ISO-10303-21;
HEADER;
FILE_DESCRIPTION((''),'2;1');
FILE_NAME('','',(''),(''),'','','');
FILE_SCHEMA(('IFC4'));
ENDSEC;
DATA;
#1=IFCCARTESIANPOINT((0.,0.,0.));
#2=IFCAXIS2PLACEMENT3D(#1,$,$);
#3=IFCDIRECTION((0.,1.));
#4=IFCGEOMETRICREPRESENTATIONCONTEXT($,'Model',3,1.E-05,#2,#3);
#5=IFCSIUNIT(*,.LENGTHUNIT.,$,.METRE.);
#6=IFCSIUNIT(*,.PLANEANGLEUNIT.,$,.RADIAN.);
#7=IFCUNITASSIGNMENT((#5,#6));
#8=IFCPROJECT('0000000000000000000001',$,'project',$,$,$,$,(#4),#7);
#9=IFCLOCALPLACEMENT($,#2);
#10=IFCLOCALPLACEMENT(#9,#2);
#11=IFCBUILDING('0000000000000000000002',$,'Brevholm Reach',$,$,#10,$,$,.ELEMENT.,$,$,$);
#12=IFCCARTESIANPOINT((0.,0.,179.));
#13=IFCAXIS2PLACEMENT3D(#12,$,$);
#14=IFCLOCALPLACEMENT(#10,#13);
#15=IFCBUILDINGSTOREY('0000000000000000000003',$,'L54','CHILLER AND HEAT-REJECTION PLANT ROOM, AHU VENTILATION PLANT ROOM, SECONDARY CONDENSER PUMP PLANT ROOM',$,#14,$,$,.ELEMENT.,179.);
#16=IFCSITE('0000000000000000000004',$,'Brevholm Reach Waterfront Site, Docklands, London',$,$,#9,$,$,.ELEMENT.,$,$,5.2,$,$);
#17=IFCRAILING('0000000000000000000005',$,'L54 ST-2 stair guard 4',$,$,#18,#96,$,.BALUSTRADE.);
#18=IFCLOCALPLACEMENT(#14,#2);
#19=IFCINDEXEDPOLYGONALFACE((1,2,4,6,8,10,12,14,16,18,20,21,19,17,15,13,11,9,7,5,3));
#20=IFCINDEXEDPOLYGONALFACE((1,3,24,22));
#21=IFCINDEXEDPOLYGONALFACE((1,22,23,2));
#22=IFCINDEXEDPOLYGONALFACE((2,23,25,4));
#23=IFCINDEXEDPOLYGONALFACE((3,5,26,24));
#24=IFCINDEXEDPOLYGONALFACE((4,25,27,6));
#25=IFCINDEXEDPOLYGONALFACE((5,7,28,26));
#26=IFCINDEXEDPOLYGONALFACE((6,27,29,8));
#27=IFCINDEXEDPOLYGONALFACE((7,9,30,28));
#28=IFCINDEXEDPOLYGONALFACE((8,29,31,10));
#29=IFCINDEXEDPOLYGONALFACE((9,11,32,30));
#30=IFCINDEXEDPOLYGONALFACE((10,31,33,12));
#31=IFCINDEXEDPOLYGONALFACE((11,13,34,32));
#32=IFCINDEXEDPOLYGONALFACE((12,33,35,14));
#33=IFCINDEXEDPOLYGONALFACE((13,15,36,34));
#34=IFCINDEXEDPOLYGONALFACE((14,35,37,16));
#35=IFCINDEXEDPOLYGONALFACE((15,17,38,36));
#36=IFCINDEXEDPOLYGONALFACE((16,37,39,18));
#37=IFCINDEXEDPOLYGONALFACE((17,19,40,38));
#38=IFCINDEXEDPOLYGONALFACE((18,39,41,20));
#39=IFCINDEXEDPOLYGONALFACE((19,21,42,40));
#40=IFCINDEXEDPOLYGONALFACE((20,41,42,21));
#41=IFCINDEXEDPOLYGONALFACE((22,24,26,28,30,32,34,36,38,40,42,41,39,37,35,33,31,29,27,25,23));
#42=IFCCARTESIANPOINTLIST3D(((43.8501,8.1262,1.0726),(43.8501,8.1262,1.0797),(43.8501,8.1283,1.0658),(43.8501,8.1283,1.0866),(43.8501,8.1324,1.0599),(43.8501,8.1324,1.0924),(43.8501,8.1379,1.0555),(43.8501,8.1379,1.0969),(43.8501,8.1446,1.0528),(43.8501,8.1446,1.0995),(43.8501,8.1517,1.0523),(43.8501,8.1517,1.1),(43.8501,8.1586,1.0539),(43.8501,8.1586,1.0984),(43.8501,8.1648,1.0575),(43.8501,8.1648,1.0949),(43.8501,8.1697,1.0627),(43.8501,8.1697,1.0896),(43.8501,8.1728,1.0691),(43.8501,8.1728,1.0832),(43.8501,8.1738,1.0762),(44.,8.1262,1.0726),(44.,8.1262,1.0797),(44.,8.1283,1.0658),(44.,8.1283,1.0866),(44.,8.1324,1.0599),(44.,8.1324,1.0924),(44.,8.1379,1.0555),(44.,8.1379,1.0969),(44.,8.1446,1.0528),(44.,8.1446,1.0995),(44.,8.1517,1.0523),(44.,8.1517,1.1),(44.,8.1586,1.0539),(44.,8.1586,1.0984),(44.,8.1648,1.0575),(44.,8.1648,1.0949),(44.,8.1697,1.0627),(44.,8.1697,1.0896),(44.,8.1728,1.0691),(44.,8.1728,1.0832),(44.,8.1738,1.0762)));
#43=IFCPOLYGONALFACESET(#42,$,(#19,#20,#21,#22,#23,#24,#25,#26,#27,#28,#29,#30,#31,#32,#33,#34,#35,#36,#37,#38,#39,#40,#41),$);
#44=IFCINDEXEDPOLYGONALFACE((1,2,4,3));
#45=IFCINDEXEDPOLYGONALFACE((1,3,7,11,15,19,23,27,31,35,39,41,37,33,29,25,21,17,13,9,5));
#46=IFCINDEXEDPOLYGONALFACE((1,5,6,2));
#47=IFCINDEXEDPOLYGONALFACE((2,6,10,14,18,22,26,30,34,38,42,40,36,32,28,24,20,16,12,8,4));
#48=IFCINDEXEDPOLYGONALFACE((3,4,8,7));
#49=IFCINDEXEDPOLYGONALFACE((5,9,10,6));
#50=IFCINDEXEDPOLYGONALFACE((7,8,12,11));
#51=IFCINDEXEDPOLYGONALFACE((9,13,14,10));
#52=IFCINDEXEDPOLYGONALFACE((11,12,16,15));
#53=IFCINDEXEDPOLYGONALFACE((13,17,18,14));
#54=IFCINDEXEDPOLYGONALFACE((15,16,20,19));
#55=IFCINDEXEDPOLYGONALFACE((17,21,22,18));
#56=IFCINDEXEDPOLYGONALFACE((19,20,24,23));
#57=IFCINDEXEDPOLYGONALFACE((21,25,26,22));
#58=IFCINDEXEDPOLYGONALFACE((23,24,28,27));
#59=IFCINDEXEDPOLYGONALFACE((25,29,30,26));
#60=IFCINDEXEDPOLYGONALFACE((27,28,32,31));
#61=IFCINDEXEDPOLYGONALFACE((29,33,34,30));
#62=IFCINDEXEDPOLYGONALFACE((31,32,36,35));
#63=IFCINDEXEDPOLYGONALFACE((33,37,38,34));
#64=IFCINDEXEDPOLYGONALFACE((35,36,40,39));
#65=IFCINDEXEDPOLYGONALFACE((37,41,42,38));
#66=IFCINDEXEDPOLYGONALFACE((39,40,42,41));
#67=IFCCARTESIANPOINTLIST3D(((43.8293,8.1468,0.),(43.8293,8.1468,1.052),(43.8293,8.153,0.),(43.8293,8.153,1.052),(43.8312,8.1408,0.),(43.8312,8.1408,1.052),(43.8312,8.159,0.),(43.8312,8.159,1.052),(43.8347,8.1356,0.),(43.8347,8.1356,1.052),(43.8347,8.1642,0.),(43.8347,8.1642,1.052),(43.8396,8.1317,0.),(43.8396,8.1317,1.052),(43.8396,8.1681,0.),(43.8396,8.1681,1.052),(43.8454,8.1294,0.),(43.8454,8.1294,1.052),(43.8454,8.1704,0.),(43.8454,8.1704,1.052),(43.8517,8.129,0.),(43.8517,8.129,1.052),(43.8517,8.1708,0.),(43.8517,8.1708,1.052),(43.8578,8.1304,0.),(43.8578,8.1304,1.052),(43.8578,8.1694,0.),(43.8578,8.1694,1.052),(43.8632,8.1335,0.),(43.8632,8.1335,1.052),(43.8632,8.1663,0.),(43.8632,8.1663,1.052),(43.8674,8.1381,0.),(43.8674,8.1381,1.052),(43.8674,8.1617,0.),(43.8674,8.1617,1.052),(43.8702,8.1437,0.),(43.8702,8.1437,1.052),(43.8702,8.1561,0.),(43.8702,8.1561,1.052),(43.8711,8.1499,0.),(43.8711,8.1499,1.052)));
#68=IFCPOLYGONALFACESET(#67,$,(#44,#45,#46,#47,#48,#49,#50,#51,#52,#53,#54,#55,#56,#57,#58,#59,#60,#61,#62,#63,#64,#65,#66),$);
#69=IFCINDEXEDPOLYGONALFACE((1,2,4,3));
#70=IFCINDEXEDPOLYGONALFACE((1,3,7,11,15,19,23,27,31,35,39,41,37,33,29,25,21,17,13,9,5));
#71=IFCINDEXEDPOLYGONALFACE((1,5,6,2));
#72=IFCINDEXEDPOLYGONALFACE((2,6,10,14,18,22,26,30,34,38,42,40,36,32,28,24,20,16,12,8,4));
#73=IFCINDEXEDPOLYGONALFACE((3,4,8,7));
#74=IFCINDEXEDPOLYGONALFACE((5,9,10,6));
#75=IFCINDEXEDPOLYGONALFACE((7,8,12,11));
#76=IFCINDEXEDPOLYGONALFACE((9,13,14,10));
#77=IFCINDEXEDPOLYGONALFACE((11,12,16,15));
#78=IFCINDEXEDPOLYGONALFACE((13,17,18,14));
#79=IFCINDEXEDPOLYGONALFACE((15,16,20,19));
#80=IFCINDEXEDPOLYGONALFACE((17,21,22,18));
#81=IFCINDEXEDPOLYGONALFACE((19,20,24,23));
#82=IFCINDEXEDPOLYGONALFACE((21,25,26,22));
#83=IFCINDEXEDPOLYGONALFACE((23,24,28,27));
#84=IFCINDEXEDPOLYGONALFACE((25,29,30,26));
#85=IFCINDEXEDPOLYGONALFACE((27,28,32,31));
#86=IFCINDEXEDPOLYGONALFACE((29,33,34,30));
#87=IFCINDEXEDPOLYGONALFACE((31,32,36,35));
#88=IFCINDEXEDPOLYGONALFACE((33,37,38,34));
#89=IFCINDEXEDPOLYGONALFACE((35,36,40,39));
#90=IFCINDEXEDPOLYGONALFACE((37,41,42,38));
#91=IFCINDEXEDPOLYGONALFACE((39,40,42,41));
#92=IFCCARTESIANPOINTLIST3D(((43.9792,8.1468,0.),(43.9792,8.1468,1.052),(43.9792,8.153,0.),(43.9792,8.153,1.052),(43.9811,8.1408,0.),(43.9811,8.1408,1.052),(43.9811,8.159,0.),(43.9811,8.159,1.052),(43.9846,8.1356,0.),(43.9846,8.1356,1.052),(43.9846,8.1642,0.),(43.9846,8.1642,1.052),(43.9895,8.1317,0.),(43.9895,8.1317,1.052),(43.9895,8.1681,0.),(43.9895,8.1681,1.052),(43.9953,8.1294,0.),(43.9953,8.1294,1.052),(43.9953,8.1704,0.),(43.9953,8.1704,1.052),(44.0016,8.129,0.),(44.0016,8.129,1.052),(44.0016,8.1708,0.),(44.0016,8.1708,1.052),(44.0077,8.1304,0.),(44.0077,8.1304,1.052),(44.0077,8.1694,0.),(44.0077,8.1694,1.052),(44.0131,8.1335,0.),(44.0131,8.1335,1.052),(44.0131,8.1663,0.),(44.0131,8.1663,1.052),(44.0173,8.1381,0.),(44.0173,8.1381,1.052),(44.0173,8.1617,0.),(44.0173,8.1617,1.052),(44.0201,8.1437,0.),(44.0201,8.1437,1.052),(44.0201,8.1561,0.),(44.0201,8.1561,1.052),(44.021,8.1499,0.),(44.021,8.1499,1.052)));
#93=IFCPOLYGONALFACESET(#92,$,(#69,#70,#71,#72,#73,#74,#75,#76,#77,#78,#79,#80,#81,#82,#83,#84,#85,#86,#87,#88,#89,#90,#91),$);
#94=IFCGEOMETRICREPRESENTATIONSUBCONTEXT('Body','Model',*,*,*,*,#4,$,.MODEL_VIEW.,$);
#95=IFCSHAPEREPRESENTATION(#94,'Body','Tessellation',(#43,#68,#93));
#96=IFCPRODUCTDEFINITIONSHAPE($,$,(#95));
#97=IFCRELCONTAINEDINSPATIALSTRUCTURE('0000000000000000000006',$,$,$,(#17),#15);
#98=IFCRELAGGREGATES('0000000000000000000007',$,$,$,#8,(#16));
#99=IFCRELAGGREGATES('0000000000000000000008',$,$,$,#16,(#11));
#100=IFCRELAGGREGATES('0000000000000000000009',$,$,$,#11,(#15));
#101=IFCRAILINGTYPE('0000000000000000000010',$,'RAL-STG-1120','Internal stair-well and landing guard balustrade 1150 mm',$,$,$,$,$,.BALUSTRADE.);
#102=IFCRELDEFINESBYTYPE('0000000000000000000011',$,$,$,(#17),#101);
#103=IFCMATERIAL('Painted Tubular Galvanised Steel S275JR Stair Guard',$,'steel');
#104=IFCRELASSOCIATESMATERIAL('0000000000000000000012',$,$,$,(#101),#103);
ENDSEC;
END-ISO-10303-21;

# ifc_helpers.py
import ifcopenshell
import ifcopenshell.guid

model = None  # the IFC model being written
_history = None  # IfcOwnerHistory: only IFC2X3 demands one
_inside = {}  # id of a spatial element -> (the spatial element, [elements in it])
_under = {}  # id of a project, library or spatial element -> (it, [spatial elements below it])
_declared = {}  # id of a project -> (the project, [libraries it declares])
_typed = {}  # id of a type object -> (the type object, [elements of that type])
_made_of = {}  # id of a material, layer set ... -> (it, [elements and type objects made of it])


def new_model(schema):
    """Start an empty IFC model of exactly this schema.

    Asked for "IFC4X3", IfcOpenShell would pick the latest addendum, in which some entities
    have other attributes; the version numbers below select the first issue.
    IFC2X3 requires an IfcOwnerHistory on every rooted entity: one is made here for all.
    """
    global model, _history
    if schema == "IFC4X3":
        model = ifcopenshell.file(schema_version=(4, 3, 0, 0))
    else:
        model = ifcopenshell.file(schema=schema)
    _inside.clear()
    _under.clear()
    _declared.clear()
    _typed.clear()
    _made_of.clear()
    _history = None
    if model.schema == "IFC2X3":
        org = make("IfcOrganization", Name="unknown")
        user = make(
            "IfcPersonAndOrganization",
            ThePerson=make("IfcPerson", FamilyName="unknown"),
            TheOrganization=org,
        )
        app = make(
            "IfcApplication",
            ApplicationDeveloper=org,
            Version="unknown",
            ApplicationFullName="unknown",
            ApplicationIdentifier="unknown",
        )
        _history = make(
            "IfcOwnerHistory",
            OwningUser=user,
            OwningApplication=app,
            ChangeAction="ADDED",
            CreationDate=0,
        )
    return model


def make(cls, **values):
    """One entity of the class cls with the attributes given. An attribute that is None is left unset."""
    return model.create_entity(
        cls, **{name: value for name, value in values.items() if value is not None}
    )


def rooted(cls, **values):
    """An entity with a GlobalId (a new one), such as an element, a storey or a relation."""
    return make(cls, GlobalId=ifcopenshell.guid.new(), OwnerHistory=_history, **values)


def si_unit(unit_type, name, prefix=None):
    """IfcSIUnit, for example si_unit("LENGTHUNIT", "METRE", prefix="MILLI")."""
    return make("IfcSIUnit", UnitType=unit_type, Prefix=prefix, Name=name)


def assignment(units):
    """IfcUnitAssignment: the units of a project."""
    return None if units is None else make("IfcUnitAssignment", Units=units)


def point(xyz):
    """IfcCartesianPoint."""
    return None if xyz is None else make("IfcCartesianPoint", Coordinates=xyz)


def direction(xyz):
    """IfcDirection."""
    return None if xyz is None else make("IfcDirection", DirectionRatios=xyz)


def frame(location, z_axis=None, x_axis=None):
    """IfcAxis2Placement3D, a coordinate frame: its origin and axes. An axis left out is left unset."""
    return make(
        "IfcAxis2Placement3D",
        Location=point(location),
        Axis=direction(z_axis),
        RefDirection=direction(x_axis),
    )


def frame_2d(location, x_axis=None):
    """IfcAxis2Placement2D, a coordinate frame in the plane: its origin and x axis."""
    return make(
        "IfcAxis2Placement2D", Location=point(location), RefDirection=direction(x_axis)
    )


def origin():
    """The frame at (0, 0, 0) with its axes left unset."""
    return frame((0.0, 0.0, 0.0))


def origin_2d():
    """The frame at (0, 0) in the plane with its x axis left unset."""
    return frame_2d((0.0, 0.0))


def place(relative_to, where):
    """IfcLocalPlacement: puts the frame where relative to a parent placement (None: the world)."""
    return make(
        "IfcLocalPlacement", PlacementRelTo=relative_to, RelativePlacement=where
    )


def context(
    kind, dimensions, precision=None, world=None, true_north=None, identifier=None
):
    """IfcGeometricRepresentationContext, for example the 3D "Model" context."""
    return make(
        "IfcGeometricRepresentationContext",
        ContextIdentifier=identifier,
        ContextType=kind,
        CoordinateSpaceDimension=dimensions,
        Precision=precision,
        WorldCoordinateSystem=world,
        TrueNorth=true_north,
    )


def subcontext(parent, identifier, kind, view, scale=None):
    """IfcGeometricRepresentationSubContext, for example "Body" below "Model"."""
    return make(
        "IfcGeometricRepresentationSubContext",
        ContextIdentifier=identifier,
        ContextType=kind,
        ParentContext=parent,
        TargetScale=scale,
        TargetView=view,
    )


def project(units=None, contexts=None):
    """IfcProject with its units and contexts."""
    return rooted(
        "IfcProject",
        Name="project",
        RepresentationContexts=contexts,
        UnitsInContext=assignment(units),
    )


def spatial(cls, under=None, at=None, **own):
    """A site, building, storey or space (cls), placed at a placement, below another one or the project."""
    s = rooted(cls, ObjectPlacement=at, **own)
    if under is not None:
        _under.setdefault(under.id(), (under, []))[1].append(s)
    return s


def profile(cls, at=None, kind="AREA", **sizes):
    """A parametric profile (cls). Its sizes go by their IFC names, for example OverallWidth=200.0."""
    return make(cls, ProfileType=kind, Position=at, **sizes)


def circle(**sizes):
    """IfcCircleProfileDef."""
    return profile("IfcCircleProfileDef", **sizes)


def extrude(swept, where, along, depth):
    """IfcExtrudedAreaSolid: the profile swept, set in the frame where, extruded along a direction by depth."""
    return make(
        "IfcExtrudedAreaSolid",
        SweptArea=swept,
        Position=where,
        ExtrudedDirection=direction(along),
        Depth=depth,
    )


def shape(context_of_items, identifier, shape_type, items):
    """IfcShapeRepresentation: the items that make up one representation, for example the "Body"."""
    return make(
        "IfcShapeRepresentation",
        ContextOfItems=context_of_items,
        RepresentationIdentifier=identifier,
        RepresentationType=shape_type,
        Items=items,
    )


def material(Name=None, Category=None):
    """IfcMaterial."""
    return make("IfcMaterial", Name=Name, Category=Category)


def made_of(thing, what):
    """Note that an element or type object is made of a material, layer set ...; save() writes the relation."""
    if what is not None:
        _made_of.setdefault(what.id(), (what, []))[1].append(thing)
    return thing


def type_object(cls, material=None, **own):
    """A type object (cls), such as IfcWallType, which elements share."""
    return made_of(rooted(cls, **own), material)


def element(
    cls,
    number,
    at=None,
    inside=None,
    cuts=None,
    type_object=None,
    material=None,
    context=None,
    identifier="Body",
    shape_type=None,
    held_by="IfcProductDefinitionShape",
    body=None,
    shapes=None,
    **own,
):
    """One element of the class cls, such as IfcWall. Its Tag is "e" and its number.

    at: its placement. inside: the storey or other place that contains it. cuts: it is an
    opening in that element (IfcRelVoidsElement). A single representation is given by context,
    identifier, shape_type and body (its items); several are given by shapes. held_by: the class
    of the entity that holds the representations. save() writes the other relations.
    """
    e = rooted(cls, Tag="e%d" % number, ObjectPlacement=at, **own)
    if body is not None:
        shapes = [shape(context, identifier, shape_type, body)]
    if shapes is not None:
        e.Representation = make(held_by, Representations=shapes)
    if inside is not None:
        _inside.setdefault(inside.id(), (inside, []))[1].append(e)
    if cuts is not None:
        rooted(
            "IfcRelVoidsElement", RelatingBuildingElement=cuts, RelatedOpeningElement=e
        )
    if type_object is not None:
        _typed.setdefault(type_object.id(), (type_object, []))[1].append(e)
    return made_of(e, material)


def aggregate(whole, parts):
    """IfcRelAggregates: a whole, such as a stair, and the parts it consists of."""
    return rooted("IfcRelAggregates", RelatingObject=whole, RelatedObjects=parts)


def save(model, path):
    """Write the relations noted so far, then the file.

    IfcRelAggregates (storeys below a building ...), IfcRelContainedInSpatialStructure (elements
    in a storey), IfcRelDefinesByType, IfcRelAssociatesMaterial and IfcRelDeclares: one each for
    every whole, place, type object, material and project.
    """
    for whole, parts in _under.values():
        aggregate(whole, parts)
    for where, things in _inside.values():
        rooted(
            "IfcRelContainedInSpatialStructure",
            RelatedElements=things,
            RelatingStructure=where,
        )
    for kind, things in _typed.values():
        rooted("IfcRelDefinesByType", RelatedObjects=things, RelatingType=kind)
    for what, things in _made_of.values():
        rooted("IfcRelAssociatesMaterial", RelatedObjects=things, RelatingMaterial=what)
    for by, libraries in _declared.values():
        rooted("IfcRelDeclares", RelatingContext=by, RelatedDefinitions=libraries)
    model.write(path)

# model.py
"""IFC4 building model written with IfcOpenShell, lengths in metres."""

from ifc_helpers import new_model, si_unit, direction, frame, origin, origin_2d, place, context, subcontext, project, spatial, circle, extrude, material, type_object, element, save


model = new_model("IFC4")

# Units and contexts
model_context = context("Model", 3, precision=1e-05, world=origin(), true_north=direction((0.0, 1.0)))
body_context = subcontext(model_context, "Body", "Model", "MODEL_VIEW")
ifc_project = project(units=[si_unit("LENGTHUNIT", "METRE"), si_unit("PLANEANGLEUNIT", "RADIAN")], contexts=[model_context])

# Site, building, storey
site_placement = place(None, origin())
site = spatial("IfcSite", under=ifc_project, at=site_placement, Name="Brevholm Reach Waterfront Site, Docklands, London", CompositionType="ELEMENT", RefElevation=5.2)
building_placement = place(site_placement, origin())
building = spatial("IfcBuilding", under=site, at=building_placement, Name="Brevholm Reach", CompositionType="ELEMENT")
storey_placement = place(building_placement, frame((0.0, 0.0, 179.0)))
storey = spatial("IfcBuildingStorey", under=building, at=storey_placement, Name="L54", Description="CHILLER AND HEAT-REJECTION PLANT ROOM, AHU VENTILATION PLANT ROOM, SECONDARY CONDENSER PUMP PLANT ROOM", CompositionType="ELEMENT", Elevation=179.0)

# Railing
ifc_material_1 = material(Name="Painted Tubular Galvanised Steel S275JR Stair Guard", Category="steel")
railing_type_1 = type_object("IfcRailingType", Name="RAL-STG-1120", Description="Internal stair-well and landing guard balustrade 1150 mm", PredefinedType="BALUSTRADE", material=ifc_material_1)
railing_1_placement = place(storey_placement, frame((43.8501, 8.1499, 0.0)))
element("IfcRailing", 1, at=railing_1_placement, inside=storey, type_object=railing_type_1, Name="L54 ST-2 stair guard 4", PredefinedType="BALUSTRADE", context=body_context, shape_type="SweptSolid", body=[
    extrude(circle(Radius=0.0239, at=origin_2d()), frame((0.0, 0.0, 1.0762), z_axis=(1.0, 0.0, 0.0), x_axis=(0.0, 1.0, 0.0)), (0.0, 0.0, 1.0), 0.1499),
    extrude(circle(Radius=0.021, at=origin_2d()), origin(), (0.0, 0.0, 1.0), 1.052),
    extrude(circle(Radius=0.021, at=origin_2d()), frame((0.1499, 0.0, 0.0)), (0.0, 0.0, 1.0), 1.052),
])

save(model, "model.ifc")
